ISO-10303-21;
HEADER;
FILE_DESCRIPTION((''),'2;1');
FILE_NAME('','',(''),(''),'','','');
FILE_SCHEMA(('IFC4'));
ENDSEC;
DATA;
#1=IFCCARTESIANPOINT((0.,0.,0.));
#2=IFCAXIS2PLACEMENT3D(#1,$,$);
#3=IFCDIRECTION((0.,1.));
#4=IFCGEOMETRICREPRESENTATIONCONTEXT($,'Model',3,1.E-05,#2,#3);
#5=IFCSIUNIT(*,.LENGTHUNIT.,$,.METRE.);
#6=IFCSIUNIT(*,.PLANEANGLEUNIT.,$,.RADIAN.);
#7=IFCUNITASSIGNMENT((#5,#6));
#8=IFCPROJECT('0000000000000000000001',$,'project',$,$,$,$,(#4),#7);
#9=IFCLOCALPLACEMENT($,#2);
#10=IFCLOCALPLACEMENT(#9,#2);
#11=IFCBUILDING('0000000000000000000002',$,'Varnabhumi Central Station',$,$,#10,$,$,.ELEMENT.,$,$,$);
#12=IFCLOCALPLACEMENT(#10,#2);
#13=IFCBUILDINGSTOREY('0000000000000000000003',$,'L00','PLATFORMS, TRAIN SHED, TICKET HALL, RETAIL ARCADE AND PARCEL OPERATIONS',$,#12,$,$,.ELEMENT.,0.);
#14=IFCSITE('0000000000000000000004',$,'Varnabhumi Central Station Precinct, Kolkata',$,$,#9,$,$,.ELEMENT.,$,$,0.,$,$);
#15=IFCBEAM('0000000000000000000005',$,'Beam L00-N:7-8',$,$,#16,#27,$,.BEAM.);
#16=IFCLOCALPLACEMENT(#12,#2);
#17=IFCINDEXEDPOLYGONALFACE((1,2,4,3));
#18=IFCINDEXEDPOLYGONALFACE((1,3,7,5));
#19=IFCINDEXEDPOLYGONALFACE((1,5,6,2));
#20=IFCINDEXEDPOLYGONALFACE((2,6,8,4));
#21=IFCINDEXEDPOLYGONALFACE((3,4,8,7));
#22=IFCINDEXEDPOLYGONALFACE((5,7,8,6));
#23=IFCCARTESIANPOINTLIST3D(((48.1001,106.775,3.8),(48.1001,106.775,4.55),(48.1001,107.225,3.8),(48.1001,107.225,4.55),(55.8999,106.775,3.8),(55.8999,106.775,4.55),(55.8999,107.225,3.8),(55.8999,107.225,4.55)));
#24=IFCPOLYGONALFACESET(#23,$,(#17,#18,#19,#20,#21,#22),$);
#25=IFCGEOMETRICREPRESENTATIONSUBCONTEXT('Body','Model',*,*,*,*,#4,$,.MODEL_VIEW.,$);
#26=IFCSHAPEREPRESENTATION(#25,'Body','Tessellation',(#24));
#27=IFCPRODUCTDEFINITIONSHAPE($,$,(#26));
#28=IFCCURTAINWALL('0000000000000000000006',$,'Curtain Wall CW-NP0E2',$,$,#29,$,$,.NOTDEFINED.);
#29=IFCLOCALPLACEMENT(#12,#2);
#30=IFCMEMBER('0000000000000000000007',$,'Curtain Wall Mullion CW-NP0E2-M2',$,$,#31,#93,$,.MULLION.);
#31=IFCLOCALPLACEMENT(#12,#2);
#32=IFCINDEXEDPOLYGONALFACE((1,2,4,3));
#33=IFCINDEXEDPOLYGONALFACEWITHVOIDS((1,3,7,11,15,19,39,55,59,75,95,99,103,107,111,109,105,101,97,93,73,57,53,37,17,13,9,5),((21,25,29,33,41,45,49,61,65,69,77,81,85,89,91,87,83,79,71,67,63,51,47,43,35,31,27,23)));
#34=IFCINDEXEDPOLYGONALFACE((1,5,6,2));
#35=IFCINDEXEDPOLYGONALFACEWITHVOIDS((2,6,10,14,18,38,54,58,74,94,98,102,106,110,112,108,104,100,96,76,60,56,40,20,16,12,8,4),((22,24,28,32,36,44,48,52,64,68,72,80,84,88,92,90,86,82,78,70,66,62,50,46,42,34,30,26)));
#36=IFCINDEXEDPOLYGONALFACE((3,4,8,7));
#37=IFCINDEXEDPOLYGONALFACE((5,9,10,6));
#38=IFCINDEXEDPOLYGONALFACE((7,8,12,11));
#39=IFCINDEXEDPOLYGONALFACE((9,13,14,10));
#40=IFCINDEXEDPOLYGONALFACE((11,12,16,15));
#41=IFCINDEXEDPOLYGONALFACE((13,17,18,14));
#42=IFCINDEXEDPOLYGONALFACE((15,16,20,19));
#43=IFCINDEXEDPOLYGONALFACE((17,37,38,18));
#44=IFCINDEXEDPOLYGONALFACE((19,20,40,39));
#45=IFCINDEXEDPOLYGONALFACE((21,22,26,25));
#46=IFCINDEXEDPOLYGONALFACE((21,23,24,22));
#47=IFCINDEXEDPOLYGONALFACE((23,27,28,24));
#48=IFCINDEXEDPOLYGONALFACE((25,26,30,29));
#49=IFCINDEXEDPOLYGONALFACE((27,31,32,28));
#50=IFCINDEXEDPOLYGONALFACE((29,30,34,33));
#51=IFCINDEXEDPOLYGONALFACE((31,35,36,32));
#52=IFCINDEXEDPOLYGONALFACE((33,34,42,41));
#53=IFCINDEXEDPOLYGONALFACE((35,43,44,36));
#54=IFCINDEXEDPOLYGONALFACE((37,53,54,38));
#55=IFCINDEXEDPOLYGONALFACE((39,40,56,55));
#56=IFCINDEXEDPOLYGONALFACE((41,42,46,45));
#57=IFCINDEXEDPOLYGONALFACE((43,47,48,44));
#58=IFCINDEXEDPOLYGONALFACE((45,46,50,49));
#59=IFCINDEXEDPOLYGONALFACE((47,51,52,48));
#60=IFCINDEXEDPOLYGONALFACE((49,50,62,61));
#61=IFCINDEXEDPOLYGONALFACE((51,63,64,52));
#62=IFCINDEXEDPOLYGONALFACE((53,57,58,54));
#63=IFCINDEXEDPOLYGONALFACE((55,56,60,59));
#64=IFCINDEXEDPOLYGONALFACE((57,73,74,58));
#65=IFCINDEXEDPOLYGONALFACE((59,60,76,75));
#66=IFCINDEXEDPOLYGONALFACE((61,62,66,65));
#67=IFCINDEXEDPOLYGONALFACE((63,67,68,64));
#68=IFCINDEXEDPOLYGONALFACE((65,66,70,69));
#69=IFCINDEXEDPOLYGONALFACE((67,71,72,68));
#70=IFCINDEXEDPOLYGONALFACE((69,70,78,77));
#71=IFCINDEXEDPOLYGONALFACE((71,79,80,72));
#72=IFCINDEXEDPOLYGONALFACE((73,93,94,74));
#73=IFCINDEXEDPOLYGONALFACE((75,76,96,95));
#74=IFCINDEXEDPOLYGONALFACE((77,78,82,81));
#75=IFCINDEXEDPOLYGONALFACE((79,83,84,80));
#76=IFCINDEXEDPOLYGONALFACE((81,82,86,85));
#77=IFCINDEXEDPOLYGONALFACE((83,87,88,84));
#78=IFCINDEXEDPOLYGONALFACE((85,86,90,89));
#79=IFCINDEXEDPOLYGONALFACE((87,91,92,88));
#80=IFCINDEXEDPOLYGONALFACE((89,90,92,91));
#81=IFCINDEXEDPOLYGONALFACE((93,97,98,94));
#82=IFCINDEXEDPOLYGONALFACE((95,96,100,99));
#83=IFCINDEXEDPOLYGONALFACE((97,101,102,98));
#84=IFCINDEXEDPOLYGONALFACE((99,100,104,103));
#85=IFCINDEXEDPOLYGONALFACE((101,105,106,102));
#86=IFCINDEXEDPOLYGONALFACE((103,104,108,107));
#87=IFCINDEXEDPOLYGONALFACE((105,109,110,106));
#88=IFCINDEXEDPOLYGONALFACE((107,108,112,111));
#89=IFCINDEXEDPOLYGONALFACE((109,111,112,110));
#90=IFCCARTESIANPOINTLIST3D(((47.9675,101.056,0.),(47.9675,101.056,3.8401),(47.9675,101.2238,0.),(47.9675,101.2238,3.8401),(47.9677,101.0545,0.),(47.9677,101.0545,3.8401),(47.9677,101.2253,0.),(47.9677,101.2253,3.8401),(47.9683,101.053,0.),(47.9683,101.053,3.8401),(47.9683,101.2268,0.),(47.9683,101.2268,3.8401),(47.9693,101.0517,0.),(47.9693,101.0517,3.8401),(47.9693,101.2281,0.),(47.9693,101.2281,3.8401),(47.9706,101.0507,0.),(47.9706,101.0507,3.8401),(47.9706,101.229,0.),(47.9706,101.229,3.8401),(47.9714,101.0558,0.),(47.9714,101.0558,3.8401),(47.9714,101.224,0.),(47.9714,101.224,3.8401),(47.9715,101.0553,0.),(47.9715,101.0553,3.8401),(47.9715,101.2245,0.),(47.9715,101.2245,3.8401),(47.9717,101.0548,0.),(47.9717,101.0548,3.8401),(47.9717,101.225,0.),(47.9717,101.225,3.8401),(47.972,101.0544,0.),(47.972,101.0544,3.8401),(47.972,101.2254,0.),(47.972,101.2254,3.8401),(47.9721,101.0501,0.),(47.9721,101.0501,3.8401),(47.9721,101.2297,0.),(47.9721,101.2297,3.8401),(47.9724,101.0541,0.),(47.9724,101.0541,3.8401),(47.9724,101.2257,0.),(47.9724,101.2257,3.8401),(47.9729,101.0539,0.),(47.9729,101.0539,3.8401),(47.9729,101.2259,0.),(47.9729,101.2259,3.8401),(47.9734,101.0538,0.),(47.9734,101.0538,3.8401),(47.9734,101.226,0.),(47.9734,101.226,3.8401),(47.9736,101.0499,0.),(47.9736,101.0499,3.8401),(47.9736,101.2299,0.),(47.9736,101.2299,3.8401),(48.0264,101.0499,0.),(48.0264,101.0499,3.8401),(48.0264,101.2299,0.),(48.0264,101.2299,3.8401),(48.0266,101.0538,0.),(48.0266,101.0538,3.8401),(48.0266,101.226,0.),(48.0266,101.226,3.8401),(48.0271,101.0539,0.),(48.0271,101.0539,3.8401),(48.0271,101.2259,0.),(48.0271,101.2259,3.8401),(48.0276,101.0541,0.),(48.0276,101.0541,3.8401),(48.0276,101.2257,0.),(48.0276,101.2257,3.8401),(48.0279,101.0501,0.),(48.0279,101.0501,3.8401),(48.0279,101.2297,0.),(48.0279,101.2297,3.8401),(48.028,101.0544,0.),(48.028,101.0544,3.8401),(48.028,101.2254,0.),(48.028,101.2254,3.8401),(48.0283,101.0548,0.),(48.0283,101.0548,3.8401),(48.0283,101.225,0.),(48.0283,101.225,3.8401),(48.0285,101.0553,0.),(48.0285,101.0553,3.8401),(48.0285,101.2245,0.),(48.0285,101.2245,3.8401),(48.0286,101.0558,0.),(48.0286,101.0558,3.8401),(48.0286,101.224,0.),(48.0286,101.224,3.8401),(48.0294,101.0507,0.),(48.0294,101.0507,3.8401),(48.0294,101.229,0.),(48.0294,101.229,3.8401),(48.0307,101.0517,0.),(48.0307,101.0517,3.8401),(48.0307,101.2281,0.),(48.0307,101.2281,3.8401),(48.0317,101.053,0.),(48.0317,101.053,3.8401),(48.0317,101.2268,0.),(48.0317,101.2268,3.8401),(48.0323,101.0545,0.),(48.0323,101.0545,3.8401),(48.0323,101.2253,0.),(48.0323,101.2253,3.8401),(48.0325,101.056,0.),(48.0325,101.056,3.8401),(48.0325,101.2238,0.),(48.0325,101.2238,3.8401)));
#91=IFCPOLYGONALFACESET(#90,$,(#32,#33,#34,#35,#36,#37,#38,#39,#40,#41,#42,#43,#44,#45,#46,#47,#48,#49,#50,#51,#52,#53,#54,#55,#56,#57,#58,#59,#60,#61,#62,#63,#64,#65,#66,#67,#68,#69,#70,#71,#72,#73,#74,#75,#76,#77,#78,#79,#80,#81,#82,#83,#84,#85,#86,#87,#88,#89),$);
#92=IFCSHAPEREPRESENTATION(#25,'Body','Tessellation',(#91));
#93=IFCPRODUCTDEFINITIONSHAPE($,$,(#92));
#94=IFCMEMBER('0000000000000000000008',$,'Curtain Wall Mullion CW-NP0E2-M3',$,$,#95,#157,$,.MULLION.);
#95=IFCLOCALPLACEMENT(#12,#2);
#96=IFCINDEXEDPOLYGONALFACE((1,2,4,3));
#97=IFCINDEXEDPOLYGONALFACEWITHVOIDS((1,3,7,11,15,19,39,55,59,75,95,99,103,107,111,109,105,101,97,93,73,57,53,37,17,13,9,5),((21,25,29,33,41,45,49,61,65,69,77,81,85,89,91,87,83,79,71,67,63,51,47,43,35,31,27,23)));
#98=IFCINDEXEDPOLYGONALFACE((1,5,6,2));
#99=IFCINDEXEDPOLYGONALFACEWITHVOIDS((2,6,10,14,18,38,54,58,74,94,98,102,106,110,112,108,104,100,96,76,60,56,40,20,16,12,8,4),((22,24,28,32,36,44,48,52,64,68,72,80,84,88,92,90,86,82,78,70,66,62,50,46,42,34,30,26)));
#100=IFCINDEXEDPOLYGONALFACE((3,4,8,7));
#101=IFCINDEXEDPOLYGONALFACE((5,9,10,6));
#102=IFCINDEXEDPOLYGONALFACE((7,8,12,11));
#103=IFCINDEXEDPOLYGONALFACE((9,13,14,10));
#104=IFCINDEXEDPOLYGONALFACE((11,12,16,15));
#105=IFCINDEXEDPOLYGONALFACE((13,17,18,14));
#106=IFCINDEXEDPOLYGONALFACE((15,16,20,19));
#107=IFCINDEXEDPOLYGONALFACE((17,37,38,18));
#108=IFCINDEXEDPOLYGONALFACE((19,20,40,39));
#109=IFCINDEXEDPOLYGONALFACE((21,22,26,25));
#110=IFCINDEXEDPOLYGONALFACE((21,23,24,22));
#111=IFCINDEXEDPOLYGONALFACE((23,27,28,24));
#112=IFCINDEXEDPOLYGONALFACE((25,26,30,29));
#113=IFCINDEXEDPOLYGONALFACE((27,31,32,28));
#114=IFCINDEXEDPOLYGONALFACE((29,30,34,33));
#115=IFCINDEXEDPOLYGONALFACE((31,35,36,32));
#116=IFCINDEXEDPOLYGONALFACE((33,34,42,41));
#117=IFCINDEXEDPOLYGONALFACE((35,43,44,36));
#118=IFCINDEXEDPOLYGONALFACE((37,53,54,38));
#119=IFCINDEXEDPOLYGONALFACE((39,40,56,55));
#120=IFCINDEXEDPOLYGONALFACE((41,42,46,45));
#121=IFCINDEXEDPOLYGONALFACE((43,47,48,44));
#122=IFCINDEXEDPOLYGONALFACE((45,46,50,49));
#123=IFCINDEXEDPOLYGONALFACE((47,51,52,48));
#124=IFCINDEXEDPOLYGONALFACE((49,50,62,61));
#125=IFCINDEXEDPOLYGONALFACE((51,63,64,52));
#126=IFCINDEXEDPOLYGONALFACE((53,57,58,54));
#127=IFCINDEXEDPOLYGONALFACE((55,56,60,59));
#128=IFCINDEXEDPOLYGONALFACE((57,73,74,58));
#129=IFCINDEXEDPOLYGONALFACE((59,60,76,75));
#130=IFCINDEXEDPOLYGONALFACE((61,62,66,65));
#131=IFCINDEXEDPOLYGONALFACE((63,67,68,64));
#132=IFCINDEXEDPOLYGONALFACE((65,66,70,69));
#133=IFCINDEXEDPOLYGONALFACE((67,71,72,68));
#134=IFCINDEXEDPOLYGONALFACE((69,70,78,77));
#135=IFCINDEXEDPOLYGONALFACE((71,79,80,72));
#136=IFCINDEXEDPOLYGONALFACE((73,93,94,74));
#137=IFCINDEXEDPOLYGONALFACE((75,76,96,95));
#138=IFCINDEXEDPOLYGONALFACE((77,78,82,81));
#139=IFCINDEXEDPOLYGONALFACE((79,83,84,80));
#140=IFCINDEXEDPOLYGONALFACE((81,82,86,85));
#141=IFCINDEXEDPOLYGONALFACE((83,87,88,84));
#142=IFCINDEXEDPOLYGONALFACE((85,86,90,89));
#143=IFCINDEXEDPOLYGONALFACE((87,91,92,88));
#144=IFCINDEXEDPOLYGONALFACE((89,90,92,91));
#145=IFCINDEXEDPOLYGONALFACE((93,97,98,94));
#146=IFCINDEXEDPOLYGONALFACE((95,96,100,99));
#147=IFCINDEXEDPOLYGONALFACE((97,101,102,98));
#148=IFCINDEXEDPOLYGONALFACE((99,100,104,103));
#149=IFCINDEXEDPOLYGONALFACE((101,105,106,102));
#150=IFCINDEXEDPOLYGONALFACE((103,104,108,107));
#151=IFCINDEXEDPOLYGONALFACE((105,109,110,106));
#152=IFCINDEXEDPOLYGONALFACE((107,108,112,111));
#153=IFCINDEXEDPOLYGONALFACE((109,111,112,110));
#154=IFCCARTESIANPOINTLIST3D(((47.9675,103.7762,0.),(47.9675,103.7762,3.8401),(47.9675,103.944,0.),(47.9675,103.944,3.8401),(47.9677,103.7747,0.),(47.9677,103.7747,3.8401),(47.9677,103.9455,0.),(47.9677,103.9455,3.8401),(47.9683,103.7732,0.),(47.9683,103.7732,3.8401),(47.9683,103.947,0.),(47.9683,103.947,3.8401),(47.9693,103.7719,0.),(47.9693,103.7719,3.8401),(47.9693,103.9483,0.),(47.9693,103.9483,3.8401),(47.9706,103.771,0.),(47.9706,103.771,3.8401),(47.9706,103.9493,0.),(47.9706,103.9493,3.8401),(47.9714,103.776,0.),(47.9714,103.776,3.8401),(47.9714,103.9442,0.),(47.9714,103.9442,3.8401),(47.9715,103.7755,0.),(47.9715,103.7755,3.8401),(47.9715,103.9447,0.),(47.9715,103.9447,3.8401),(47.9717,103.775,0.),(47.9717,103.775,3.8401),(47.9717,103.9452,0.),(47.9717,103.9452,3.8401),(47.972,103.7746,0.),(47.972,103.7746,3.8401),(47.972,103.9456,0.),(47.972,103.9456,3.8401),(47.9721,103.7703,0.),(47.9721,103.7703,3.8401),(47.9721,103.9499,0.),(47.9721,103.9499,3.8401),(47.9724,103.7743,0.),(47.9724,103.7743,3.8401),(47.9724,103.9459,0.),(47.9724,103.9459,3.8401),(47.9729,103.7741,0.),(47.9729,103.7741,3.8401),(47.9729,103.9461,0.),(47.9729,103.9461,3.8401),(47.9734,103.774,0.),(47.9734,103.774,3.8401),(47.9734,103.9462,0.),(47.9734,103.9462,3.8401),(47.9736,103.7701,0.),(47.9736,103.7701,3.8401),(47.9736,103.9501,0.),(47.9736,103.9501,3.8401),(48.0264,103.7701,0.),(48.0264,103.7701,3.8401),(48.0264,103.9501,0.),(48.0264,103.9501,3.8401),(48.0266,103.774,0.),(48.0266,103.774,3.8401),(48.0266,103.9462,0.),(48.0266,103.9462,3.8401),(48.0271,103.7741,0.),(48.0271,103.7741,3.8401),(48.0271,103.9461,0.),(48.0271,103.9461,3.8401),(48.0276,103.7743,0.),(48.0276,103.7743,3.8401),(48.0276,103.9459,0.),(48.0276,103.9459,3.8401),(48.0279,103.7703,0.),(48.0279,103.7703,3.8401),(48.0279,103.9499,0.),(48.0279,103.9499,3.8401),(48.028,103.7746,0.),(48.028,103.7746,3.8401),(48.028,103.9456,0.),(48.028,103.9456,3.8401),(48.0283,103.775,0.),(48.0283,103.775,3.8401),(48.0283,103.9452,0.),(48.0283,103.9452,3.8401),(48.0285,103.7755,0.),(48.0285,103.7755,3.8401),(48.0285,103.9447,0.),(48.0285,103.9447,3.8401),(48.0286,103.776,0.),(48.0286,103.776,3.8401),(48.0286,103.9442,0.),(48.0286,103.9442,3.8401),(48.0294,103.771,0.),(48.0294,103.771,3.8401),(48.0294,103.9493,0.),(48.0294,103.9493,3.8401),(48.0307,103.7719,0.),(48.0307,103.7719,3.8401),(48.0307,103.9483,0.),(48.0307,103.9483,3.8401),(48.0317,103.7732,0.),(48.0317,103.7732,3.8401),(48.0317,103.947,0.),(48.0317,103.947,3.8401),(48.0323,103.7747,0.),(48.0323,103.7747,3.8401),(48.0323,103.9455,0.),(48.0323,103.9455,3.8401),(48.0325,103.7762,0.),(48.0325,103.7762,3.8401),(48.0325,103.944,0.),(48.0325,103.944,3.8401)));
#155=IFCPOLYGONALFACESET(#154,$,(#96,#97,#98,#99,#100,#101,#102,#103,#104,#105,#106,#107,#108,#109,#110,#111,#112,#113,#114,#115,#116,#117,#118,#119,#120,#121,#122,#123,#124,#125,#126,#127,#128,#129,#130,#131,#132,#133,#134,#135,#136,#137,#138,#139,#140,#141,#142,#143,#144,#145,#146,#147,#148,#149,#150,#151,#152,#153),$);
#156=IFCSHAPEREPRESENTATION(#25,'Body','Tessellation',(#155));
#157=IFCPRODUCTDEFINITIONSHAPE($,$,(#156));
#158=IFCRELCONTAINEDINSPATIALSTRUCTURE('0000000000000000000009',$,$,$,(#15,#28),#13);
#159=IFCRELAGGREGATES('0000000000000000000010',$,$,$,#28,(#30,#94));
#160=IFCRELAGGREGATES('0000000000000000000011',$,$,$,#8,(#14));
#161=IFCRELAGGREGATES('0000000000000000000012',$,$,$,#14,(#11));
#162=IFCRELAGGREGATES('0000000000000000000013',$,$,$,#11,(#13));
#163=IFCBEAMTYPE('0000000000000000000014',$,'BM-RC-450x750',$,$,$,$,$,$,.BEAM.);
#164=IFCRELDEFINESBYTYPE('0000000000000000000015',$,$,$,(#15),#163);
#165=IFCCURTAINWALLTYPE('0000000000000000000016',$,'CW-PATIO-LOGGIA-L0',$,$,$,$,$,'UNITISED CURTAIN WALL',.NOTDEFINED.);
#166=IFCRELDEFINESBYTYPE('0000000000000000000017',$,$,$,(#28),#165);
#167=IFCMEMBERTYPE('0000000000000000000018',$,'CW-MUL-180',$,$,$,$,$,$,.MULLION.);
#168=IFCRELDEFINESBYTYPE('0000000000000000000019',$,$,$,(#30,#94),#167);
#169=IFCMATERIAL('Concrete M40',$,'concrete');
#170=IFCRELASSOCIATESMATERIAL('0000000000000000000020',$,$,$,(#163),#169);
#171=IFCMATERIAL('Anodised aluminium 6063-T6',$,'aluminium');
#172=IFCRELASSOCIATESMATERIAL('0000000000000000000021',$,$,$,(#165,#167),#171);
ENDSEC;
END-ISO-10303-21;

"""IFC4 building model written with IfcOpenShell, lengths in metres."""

from ifc_helpers import new_model, si_unit, direction, frame, origin, origin_2d, place, context, subcontext, project, spatial, rectangle, hollow_rectangle, extrude, material, material_profile, profile_set, type_object, element, aggregate, save


model = new_model("IFC4")

# Units and contexts
model_context = context("Model", 3, precision=1e-05, world=origin(), true_north=direction((0.0, 1.0)))
body_context = subcontext(model_context, "Body", "Model", "MODEL_VIEW")
ifc_project = project(units=[si_unit("LENGTHUNIT", "METRE"), si_unit("PLANEANGLEUNIT", "RADIAN")], contexts=[model_context])

# Site, building, storey
site_placement = place(None, origin())
site = spatial("IfcSite", under=ifc_project, at=site_placement, Name="Varnabhumi Central Station Precinct, Kolkata", CompositionType="ELEMENT", RefElevation=0.0)
building_placement = place(site_placement, origin())
building = spatial("IfcBuilding", under=site, at=building_placement, Name="Varnabhumi Central Station", CompositionType="ELEMENT")
storey_placement = place(building_placement, origin())
storey = spatial("IfcBuildingStorey", under=building, at=storey_placement, Name="L00", Description="PLATFORMS, TRAIN SHED, TICKET HALL, RETAIL ARCADE AND PARCEL OPERATIONS", CompositionType="ELEMENT", Elevation=0.0)

# Shared definitions
ifc_material_1 = material(Name="Concrete M40", Category="concrete")

# Beam
ifc_material_profile_1 = material_profile(ifc_material_1, rectangle(XDim=0.45, YDim=0.75, at=origin_2d()), Name="Concrete M40", Category="concrete")
ifc_profile_set_1 = profile_set([ifc_material_profile_1], Name="Concrete M40")
beam_type = type_object("IfcBeamType", Name="BM-RC-450x750", PredefinedType="BEAM", material=ifc_profile_set_1)
beam_placement = place(storey_placement, frame((48.1001, 107.0, 4.175), z_axis=(1.0, 0.0, 0.0), x_axis=(0.0, 1.0, 0.0)))
element("IfcBeam", 1, at=beam_placement, inside=storey, type_object=beam_type, Name="Beam L00-N:7-8", PredefinedType="BEAM", context=body_context, shape_type="SweptSolid", body=[
    extrude(rectangle(XDim=0.45, YDim=0.75, at=origin_2d()), origin(), (0.0, 0.0, 1.0), 7.7998),
])

# Curtain wall, members
ifc_material_2 = material(Name="Anodised aluminium 6063-T6", Category="aluminium")
curtain_wall_type = type_object("IfcCurtainWallType", Name="CW-PATIO-LOGGIA-L0", ElementType="UNITISED CURTAIN WALL", PredefinedType="NOTDEFINED", material=ifc_material_2)
curtain_wall_1_placement = place(storey_placement, origin())
curtain_wall_1 = element("IfcCurtainWall", 2, at=curtain_wall_1_placement, inside=storey, type_object=curtain_wall_type, Name="Curtain Wall CW-NP0E2", PredefinedType="NOTDEFINED")
ifc_material_profile_2 = material_profile(ifc_material_2, hollow_rectangle(XDim=0.0649, YDim=0.1799, WallThickness=0.0039, InnerFilletRadius=0.002, OuterFilletRadius=0.0061, at=origin_2d()), Name="Anodised aluminium 6063-T6", Category="aluminium")
ifc_profile_set_2 = profile_set([ifc_material_profile_2], Name="Anodised aluminium 6063-T6")
member_type_1 = type_object("IfcMemberType", Name="CW-MUL-180", PredefinedType="MULLION", material=ifc_profile_set_2)
member_1_placement = place(storey_placement, frame((48.0, 101.1399, 0.0), z_axis=(0.0, 0.0, 1.0), x_axis=(1.0, 0.0, 0.0)))
member_1 = element("IfcMember", 3, at=member_1_placement, type_object=member_type_1, Name="Curtain Wall Mullion CW-NP0E2-M2", PredefinedType="MULLION", context=body_context, shape_type="SweptSolid", body=[
    extrude(hollow_rectangle(XDim=0.0649, YDim=0.1799, WallThickness=0.0039, InnerFilletRadius=0.002, OuterFilletRadius=0.0061, at=origin_2d()), origin(), (0.0, 0.0, 1.0), 3.8401),
])
member_2_placement = place(storey_placement, frame((48.0, 103.8601, 0.0), z_axis=(0.0, 0.0, 1.0), x_axis=(1.0, 0.0, 0.0)))
member_2 = element("IfcMember", 4, at=member_2_placement, type_object=member_type_1, Name="Curtain Wall Mullion CW-NP0E2-M3", PredefinedType="MULLION", context=body_context, shape_type="SweptSolid", body=[
    extrude(hollow_rectangle(XDim=0.0649, YDim=0.1799, WallThickness=0.0039, InnerFilletRadius=0.002, OuterFilletRadius=0.0061, at=origin_2d()), origin(), (0.0, 0.0, 1.0), 3.8401),
])

aggregate(curtain_wall_1, [member_1, member_2])

save(model, "model.ifc")
